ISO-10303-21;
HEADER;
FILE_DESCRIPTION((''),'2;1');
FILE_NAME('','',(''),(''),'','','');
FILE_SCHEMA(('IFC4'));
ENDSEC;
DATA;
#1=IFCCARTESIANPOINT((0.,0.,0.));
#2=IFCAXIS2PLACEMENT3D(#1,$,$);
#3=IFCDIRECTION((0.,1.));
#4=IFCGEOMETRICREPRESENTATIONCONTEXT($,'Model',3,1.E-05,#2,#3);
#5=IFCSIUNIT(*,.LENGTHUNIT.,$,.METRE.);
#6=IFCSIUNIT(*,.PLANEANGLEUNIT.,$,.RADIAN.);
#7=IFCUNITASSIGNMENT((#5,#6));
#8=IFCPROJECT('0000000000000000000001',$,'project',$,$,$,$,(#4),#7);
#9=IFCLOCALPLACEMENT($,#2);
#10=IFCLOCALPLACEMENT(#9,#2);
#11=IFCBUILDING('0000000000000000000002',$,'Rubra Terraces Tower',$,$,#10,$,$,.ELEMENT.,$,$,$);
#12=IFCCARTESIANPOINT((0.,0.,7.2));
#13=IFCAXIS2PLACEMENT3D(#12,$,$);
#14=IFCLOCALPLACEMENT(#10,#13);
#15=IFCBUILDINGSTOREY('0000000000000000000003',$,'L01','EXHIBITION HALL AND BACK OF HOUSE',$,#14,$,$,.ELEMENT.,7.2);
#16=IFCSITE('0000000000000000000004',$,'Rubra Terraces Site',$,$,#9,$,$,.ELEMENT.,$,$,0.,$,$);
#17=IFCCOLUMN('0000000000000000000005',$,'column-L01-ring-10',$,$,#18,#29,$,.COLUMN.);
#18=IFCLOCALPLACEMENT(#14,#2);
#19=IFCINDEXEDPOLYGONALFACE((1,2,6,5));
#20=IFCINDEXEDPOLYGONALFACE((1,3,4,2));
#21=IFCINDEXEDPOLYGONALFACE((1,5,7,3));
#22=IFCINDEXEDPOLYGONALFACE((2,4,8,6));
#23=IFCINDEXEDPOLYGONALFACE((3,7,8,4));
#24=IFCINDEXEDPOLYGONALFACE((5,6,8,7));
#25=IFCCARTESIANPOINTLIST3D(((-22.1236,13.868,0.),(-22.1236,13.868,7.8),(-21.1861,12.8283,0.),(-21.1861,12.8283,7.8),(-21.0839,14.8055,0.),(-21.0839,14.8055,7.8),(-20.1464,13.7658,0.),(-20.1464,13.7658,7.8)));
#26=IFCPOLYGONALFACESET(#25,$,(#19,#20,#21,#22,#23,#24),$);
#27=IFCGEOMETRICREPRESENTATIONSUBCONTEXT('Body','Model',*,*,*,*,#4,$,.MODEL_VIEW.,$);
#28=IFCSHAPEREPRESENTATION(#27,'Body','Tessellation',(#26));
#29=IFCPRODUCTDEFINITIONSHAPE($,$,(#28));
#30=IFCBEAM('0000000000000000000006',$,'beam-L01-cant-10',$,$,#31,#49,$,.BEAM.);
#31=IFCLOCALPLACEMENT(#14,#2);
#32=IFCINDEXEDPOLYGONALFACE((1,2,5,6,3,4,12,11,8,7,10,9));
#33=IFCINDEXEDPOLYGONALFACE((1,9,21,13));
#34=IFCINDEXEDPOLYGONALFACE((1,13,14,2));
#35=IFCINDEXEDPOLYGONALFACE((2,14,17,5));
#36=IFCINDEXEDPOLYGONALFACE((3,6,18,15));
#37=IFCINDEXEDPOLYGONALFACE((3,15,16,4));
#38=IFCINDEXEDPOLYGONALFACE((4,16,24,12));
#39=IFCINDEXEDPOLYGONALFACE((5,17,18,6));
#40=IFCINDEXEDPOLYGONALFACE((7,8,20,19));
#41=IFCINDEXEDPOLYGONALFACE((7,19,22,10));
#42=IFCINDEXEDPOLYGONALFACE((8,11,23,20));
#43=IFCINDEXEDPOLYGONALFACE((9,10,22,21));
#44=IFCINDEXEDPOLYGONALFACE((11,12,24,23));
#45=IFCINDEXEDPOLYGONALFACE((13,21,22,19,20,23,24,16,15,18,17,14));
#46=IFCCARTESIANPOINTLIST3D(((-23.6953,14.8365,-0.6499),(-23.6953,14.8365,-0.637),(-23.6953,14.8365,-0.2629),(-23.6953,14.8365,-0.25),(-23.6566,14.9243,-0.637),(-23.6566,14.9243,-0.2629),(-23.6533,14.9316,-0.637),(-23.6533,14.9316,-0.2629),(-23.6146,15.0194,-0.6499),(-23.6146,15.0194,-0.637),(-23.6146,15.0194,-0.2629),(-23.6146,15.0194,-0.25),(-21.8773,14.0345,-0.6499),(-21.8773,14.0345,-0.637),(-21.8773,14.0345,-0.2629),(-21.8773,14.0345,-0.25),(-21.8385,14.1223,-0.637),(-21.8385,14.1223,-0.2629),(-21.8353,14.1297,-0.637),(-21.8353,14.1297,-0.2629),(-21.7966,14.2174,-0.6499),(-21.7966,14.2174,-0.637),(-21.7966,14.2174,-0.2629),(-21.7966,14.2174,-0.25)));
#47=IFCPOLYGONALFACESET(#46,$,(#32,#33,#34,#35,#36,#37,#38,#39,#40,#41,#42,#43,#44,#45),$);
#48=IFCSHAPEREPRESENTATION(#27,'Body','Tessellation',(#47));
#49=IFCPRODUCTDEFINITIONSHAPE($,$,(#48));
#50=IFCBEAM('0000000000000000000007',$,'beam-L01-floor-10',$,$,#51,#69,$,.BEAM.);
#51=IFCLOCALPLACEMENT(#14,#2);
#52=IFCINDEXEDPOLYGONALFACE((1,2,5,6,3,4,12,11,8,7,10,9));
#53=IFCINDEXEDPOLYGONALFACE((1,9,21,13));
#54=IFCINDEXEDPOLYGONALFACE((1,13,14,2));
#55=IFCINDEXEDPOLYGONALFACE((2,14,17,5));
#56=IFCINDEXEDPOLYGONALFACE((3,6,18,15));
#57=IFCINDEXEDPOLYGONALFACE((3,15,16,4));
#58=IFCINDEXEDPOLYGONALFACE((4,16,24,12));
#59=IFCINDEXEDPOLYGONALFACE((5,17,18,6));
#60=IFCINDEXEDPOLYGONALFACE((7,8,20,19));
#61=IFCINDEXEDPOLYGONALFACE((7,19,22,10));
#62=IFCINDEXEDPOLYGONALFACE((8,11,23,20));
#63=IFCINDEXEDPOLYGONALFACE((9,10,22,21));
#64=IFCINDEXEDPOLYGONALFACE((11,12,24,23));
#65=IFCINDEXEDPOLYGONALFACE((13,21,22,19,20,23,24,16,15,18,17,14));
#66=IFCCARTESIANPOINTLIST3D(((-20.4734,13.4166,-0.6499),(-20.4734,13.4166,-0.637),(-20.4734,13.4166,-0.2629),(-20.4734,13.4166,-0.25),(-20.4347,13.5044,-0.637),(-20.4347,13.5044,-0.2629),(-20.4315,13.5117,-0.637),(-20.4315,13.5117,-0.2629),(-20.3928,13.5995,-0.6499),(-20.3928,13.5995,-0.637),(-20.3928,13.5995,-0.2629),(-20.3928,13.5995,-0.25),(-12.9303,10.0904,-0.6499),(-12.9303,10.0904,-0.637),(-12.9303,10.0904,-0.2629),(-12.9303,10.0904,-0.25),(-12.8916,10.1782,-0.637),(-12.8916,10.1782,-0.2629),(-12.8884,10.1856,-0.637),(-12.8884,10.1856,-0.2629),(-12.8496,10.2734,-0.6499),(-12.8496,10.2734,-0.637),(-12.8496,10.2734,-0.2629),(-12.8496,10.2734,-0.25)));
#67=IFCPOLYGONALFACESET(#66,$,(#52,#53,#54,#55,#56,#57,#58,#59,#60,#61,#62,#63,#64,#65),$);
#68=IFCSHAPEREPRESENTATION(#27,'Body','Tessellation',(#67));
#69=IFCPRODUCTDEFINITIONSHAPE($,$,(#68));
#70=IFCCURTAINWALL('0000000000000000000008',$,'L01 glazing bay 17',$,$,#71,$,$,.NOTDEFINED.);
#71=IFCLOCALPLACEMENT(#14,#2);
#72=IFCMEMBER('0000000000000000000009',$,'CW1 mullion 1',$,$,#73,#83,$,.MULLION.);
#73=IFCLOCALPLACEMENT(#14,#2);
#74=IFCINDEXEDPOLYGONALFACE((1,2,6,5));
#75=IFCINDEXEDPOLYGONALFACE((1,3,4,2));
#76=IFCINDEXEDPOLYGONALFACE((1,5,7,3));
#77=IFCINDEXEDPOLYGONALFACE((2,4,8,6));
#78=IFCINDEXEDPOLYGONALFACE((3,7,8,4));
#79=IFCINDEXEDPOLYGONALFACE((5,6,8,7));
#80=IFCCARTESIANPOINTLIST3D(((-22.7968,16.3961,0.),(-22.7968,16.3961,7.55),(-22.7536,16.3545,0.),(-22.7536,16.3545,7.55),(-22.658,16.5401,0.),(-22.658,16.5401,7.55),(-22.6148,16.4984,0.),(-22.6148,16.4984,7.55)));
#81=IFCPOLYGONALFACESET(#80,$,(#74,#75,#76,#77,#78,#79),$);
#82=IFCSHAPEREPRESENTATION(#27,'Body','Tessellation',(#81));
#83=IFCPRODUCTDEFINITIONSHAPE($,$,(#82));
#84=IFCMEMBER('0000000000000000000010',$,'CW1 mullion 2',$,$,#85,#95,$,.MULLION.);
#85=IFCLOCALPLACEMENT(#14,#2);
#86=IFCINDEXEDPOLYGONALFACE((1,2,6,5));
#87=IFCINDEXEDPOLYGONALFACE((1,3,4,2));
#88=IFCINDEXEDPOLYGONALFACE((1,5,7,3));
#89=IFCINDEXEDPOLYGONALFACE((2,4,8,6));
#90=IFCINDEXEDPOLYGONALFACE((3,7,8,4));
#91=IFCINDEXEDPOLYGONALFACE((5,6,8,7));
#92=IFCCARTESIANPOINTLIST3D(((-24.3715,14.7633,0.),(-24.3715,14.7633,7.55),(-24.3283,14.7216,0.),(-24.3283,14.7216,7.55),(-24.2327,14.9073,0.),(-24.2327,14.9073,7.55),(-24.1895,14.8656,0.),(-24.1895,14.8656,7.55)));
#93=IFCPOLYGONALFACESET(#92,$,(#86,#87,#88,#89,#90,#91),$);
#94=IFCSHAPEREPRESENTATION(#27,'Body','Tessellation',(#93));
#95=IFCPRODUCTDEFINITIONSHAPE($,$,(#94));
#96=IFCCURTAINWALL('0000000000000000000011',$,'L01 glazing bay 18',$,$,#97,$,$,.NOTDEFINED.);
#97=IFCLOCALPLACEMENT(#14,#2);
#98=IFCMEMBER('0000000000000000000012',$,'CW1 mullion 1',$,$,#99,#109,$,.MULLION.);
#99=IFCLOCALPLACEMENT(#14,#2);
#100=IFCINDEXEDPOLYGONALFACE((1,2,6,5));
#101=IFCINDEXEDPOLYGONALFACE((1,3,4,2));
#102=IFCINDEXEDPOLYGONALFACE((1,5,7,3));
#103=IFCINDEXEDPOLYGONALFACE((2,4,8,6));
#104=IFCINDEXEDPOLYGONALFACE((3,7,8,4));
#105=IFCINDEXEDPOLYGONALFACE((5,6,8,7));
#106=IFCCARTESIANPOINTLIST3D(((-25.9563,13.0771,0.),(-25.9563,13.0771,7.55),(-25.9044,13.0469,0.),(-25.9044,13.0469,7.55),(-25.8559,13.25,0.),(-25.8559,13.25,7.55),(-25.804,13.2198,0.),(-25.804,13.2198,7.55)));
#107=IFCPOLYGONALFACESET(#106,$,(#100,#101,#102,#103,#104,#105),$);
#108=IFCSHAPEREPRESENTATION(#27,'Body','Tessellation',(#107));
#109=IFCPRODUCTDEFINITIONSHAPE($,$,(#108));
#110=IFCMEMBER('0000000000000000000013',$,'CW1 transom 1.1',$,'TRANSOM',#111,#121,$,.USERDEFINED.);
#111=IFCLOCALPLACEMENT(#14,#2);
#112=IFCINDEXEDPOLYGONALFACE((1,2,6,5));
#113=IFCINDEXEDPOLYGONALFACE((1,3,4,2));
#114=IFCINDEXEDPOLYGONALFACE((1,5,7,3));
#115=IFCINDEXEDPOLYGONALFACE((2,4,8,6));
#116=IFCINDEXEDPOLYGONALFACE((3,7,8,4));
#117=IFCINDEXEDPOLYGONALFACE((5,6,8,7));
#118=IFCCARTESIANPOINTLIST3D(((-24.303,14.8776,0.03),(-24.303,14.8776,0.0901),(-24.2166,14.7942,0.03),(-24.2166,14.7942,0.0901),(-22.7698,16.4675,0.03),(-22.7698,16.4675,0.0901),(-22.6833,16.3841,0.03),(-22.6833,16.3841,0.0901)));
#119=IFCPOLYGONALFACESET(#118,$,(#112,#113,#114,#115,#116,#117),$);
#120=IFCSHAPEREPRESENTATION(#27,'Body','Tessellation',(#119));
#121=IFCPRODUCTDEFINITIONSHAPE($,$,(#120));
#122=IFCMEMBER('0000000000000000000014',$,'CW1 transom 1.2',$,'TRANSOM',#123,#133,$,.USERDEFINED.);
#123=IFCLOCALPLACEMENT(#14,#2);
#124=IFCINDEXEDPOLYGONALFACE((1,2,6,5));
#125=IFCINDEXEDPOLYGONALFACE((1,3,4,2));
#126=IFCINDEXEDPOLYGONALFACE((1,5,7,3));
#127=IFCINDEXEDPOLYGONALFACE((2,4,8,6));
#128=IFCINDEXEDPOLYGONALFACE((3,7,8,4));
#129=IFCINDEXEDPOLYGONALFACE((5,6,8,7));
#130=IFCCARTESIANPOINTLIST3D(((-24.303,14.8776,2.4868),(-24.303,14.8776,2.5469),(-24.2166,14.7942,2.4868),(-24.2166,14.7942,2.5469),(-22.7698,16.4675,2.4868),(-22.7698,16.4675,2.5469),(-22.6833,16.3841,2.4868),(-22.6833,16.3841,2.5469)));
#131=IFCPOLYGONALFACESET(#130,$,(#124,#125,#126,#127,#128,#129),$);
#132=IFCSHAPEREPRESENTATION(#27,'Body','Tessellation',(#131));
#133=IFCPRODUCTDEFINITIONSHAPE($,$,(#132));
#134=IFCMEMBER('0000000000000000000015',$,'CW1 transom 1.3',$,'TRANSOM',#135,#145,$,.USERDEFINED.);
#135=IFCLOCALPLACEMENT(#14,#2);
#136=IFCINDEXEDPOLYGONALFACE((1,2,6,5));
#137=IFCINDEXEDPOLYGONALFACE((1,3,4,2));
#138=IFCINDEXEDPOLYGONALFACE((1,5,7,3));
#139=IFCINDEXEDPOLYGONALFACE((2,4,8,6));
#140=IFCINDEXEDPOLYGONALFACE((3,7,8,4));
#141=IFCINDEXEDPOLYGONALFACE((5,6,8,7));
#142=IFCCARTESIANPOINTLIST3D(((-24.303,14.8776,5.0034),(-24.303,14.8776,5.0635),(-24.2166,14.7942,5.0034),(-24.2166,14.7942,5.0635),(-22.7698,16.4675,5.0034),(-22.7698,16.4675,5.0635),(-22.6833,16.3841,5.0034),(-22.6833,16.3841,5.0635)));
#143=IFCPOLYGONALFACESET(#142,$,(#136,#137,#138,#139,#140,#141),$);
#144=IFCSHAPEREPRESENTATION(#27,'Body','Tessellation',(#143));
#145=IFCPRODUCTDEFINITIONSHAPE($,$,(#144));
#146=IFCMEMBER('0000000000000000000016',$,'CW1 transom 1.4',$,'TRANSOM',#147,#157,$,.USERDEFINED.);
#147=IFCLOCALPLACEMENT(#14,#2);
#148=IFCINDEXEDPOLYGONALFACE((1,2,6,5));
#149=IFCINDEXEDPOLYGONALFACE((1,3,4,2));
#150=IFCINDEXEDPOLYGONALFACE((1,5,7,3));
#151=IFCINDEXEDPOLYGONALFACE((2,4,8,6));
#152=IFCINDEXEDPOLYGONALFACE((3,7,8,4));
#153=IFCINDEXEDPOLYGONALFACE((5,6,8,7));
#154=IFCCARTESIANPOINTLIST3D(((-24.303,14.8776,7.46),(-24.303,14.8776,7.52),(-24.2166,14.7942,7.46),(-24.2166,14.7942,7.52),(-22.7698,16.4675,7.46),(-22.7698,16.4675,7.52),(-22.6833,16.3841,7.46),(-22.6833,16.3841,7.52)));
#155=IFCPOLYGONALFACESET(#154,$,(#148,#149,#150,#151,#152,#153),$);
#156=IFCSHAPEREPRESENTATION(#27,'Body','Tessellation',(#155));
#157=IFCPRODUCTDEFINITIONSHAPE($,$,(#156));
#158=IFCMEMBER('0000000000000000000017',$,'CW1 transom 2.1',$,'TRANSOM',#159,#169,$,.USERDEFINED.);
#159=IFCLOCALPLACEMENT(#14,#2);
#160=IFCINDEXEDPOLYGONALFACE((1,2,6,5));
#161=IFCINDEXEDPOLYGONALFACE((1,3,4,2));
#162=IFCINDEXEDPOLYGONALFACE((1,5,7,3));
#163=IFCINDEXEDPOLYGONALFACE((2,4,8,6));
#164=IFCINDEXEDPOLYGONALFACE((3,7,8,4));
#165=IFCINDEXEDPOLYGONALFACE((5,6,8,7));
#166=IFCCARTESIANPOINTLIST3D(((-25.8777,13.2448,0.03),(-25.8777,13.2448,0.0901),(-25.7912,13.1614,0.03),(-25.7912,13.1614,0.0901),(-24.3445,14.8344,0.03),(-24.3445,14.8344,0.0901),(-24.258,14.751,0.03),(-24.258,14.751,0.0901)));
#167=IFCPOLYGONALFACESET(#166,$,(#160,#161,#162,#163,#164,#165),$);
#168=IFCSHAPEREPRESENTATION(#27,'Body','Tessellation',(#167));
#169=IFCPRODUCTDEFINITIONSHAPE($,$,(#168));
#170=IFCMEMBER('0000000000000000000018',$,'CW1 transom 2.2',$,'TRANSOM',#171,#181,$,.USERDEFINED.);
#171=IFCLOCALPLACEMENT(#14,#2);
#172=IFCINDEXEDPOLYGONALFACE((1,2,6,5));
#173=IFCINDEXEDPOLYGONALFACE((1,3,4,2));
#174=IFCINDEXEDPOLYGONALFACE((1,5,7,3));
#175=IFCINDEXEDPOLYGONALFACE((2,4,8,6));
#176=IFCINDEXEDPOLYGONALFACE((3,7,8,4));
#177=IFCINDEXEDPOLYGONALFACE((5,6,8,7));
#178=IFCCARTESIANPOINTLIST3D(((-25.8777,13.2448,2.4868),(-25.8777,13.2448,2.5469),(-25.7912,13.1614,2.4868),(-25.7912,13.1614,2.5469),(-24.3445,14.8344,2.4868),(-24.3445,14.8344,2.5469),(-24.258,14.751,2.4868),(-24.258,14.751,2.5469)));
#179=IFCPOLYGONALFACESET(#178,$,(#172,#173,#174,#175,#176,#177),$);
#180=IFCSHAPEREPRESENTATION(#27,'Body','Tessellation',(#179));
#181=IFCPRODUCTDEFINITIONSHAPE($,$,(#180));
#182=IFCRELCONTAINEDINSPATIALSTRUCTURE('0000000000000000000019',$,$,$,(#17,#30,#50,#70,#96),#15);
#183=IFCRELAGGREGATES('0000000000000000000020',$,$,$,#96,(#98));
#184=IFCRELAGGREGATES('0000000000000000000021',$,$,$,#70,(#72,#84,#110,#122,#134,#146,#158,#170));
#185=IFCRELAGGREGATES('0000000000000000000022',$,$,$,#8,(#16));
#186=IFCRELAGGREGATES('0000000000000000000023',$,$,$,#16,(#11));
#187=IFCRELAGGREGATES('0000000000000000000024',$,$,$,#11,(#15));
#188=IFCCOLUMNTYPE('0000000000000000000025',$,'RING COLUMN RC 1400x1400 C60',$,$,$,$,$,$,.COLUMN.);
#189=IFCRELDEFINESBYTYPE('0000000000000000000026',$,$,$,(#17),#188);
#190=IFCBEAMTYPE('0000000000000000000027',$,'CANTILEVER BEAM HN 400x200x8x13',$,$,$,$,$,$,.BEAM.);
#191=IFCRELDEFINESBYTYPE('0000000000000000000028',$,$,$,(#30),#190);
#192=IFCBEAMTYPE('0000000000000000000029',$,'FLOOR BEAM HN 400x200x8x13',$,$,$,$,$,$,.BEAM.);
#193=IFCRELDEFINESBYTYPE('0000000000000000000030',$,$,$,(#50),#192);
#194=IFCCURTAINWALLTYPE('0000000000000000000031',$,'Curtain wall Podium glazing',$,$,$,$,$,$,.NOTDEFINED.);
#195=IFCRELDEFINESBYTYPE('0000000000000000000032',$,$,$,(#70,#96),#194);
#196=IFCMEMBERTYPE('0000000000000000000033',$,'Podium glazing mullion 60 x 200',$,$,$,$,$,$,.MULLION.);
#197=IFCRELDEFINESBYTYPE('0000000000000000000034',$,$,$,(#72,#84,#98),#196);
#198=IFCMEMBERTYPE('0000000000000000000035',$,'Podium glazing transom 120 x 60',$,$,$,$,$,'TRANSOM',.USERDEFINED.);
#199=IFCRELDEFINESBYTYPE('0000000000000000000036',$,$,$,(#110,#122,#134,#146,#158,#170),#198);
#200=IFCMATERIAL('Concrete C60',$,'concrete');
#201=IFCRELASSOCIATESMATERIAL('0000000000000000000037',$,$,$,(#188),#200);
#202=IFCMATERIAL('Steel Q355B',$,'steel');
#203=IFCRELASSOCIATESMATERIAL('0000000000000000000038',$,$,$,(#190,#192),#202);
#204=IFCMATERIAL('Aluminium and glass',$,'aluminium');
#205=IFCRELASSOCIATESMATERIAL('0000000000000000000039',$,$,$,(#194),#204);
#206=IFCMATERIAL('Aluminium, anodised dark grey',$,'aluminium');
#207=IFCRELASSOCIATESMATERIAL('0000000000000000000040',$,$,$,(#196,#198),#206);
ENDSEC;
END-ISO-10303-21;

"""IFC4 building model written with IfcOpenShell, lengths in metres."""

from ifc_helpers import new_model, si_unit, direction, frame, origin, origin_2d, place, context, subcontext, project, spatial, rectangle, i_section, extrude, material, material_profile, profile_set, type_object, element, aggregate, save


model = new_model("IFC4")

# Units and contexts
model_context = context("Model", 3, precision=1e-05, world=origin(), true_north=direction((0.0, 1.0)))
body_context = subcontext(model_context, "Body", "Model", "MODEL_VIEW")
ifc_project = project(units=[si_unit("LENGTHUNIT", "METRE"), si_unit("PLANEANGLEUNIT", "RADIAN")], contexts=[model_context])

# Site, building, storey
site_placement = place(None, origin())
site = spatial("IfcSite", under=ifc_project, at=site_placement, Name="Rubra Terraces Site", CompositionType="ELEMENT", RefElevation=0.0)
building_placement = place(site_placement, origin())
building = spatial("IfcBuilding", under=site, at=building_placement, Name="Rubra Terraces Tower", CompositionType="ELEMENT")
storey_placement = place(building_placement, frame((0.0, 0.0, 7.2)))
storey = spatial("IfcBuildingStorey", under=building, at=storey_placement, Name="L01", Description="EXHIBITION HALL AND BACK OF HOUSE", CompositionType="ELEMENT", Elevation=7.2)

# Column
ifc_material_1 = material(Name="Concrete C60", Category="concrete")
ifc_material_profile_1 = material_profile(ifc_material_1, rectangle(XDim=1.3999, YDim=1.3999, at=origin_2d()), Name="RC 1400x1400")
ifc_profile_set_1 = profile_set([ifc_material_profile_1], Name="Concrete C60")
column_type = type_object("IfcColumnType", Name="RING COLUMN RC 1400x1400 C60", PredefinedType="COLUMN", material=ifc_profile_set_1)
column_placement = place(storey_placement, frame((-21.135, 13.8169, 0.0), z_axis=(0.0, 0.0, 1.0), x_axis=(-0.742676, -0.669651, 0.0)))
element("IfcColumn", 1, at=column_placement, inside=storey, type_object=column_type, Name="column-L01-ring-10", PredefinedType="COLUMN", context=body_context, shape_type="SweptSolid", body=[
    extrude(rectangle(XDim=1.3999, YDim=1.3999, at=origin_2d()), origin(), (0.0, 0.0, 1.0), 7.8),
])

# Beams
ifc_material_2 = material(Name="Steel Q355B", Category="steel")
ifc_material_profile_2 = material_profile(ifc_material_2, i_section(OverallWidth=0.2, OverallDepth=0.3999, WebThickness=0.0081, FlangeThickness=0.0129, at=origin_2d()), Name="HN 400x200x8x13")
ifc_profile_set_2 = profile_set([ifc_material_profile_2], Name="Steel Q355B")
beam_type_1 = type_object("IfcBeamType", Name="CANTILEVER BEAM HN 400x200x8x13", PredefinedType="BEAM", material=ifc_profile_set_2)
beam_1_placement = place(storey_placement, frame((-21.8369, 14.126, -0.45), z_axis=(-0.914938, 0.403595, 0.0), x_axis=(-0.403595, -0.914938, 0.0)))
element("IfcBeam", 2, at=beam_1_placement, inside=storey, type_object=beam_type_1, Name="beam-L01-cant-10", PredefinedType="BEAM", context=body_context, shape_type="SweptSolid", body=[
    extrude(i_section(OverallWidth=0.2, OverallDepth=0.3999, WebThickness=0.0081, FlangeThickness=0.0129, at=origin_2d()), origin(), (0.0, 0.0, 1.0), 1.9871),
])
ifc_material_profile_3 = material_profile(ifc_material_2, i_section(OverallWidth=0.2, OverallDepth=0.3999, WebThickness=0.0081, FlangeThickness=0.0129, at=origin_2d()), Name="HN 400x200x8x13")
ifc_profile_set_3 = profile_set([ifc_material_profile_3], Name="Steel Q355B")
beam_type_2 = type_object("IfcBeamType", Name="FLOOR BEAM HN 400x200x8x13", PredefinedType="BEAM", material=ifc_profile_set_3)
beam_2_placement = place(storey_placement, frame((-20.4331, 13.5081, -0.45), z_axis=(0.914995, -0.403466, 0.0), x_axis=(0.403466, 0.914995, 0.0)))
element("IfcBeam", 3, at=beam_2_placement, inside=storey, type_object=beam_type_2, Name="beam-L01-floor-10", PredefinedType="BEAM", context=body_context, shape_type="SweptSolid", body=[
    extrude(i_section(OverallWidth=0.2, OverallDepth=0.3999, WebThickness=0.0081, FlangeThickness=0.0129, at=origin_2d()), origin(), (0.0, 0.0, 1.0), 8.2439),
])

# Curtain wall, members
ifc_material_3 = material(Name="Aluminium and glass", Category="aluminium")
curtain_wall_type = type_object("IfcCurtainWallType", Name="Curtain wall Podium glazing", PredefinedType="NOTDEFINED", material=ifc_material_3)
curtain_wall_1_placement = place(storey_placement, origin())
curtain_wall_1 = element("IfcCurtainWall", 4, at=curtain_wall_1_placement, inside=storey, type_object=curtain_wall_type, Name="L01 glazing bay 17", PredefinedType="NOTDEFINED")
ifc_material_4 = material(Name="Aluminium, anodised dark grey", Category="aluminium")
ifc_material_profile_4 = material_profile(ifc_material_4, rectangle(XDim=0.0601, YDim=0.2, at=origin_2d()), Name="AL 60x200")
ifc_profile_set_4 = profile_set([ifc_material_profile_4], Name="Aluminium, anodised dark grey")
member_type_1 = type_object("IfcMemberType", Name="Podium glazing mullion 60 x 200", PredefinedType="MULLION", material=ifc_profile_set_4)
member_1_placement = place(storey_placement, frame((-22.7058, 16.4473, 0.0), z_axis=(0.0, 0.0, 1.0), x_axis=(0.719825, -0.694156, 0.0)))
member_1 = element("IfcMember", 5, at=member_1_placement, type_object=member_type_1, Name="CW1 mullion 1", PredefinedType="MULLION", context=body_context, shape_type="SweptSolid", body=[
    extrude(rectangle(XDim=0.0601, YDim=0.2, at=origin_2d()), origin(), (0.0, 0.0, 1.0), 7.55),
])
member_2_placement = place(storey_placement, frame((-24.2805, 14.8145, 0.0), z_axis=(0.0, 0.0, 1.0), x_axis=(0.719825, -0.694156, 0.0)))
member_2 = element("IfcMember", 6, at=member_2_placement, type_object=member_type_1, Name="CW1 mullion 2", PredefinedType="MULLION", context=body_context, shape_type="SweptSolid", body=[
    extrude(rectangle(XDim=0.0601, YDim=0.2, at=origin_2d()), origin(), (0.0, 0.0, 1.0), 7.55),
])

# Curtain wall, member
curtain_wall_2_placement = place(storey_placement, origin())
curtain_wall_2 = element("IfcCurtainWall", 7, at=curtain_wall_2_placement, inside=storey, type_object=curtain_wall_type, Name="L01 glazing bay 18", PredefinedType="NOTDEFINED")
member_3_placement = place(storey_placement, frame((-25.8801, 13.1484, 0.0), z_axis=(0.0, 0.0, 1.0), x_axis=(0.864813, -0.502094, 0.0)))
member_3 = element("IfcMember", 8, at=member_3_placement, type_object=member_type_1, Name="CW1 mullion 1", PredefinedType="MULLION", context=body_context, shape_type="SweptSolid", body=[
    extrude(rectangle(XDim=0.0601, YDim=0.2, at=origin_2d()), origin(), (0.0, 0.0, 1.0), 7.55),
])
aggregate(curtain_wall_2, [member_3])

# Members
ifc_material_profile_5 = material_profile(ifc_material_4, rectangle(XDim=0.1201, YDim=0.0601, at=origin_2d()), Name="AL 120x60")
ifc_profile_set_5 = profile_set([ifc_material_profile_5], Name="Aluminium, anodised dark grey")
member_type_2 = type_object("IfcMemberType", Name="Podium glazing transom 120 x 60", ElementType="TRANSOM", PredefinedType="USERDEFINED", material=ifc_profile_set_5)
member_4_placement = place(storey_placement, frame((-22.7266, 16.4258, 0.0601), z_axis=(-0.694168, -0.719813, 0.0), x_axis=(0.719813, -0.694168, 0.0)))
member_4 = element("IfcMember", 9, at=member_4_placement, type_object=member_type_2, Name="CW1 transom 1.1", ObjectType="TRANSOM", PredefinedType="USERDEFINED", context=body_context, shape_type="SweptSolid", body=[
    extrude(rectangle(XDim=0.1201, YDim=0.0601, at=origin_2d()), origin(), (0.0, 0.0, 1.0), 2.2087),
])
member_5_placement = place(storey_placement, frame((-22.7266, 16.4258, 2.5168), z_axis=(-0.694168, -0.719813, 0.0), x_axis=(0.719813, -0.694168, 0.0)))
member_5 = element("IfcMember", 10, at=member_5_placement, type_object=member_type_2, Name="CW1 transom 1.2", ObjectType="TRANSOM", PredefinedType="USERDEFINED", context=body_context, shape_type="SweptSolid", body=[
    extrude(rectangle(XDim=0.1201, YDim=0.0601, at=origin_2d()), origin(), (0.0, 0.0, 1.0), 2.2087),
])
member_6_placement = place(storey_placement, frame((-22.7266, 16.4258, 5.0334), z_axis=(-0.694168, -0.719813, 0.0), x_axis=(0.719813, -0.694168, 0.0)))
member_6 = element("IfcMember", 11, at=member_6_placement, type_object=member_type_2, Name="CW1 transom 1.3", ObjectType="TRANSOM", PredefinedType="USERDEFINED", context=body_context, shape_type="SweptSolid", body=[
    extrude(rectangle(XDim=0.1201, YDim=0.0601, at=origin_2d()), origin(), (0.0, 0.0, 1.0), 2.2087),
])
member_7_placement = place(storey_placement, frame((-22.7266, 16.4258, 7.49), z_axis=(-0.694168, -0.719813, 0.0), x_axis=(0.719813, -0.694168, 0.0)))
member_7 = element("IfcMember", 12, at=member_7_placement, type_object=member_type_2, Name="CW1 transom 1.4", ObjectType="TRANSOM", PredefinedType="USERDEFINED", context=body_context, shape_type="SweptSolid", body=[
    extrude(rectangle(XDim=0.1201, YDim=0.0601, at=origin_2d()), origin(), (0.0, 0.0, 1.0), 2.2087),
])
member_8_placement = place(storey_placement, frame((-24.3013, 14.7927, 0.0601), z_axis=(-0.694224, -0.719759, 0.0), x_axis=(0.719759, -0.694224, 0.0)))
member_8 = element("IfcMember", 13, at=member_8_placement, type_object=member_type_2, Name="CW1 transom 2.1", ObjectType="TRANSOM", PredefinedType="USERDEFINED", context=body_context, shape_type="SweptSolid", body=[
    extrude(rectangle(XDim=0.1201, YDim=0.0601, at=origin_2d()), origin(), (0.0, 0.0, 1.0), 2.2085),
])
member_9_placement = place(storey_placement, frame((-24.3013, 14.7927, 2.5168), z_axis=(-0.694224, -0.719759, 0.0), x_axis=(0.719759, -0.694224, 0.0)))
member_9 = element("IfcMember", 14, at=member_9_placement, type_object=member_type_2, Name="CW1 transom 2.2", ObjectType="TRANSOM", PredefinedType="USERDEFINED", context=body_context, shape_type="SweptSolid", body=[
    extrude(rectangle(XDim=0.1201, YDim=0.0601, at=origin_2d()), origin(), (0.0, 0.0, 1.0), 2.2085),
])

aggregate(curtain_wall_1, [member_1, member_2, member_4, member_5, member_6, member_7, member_8, member_9])

save(model, "model.ifc")
